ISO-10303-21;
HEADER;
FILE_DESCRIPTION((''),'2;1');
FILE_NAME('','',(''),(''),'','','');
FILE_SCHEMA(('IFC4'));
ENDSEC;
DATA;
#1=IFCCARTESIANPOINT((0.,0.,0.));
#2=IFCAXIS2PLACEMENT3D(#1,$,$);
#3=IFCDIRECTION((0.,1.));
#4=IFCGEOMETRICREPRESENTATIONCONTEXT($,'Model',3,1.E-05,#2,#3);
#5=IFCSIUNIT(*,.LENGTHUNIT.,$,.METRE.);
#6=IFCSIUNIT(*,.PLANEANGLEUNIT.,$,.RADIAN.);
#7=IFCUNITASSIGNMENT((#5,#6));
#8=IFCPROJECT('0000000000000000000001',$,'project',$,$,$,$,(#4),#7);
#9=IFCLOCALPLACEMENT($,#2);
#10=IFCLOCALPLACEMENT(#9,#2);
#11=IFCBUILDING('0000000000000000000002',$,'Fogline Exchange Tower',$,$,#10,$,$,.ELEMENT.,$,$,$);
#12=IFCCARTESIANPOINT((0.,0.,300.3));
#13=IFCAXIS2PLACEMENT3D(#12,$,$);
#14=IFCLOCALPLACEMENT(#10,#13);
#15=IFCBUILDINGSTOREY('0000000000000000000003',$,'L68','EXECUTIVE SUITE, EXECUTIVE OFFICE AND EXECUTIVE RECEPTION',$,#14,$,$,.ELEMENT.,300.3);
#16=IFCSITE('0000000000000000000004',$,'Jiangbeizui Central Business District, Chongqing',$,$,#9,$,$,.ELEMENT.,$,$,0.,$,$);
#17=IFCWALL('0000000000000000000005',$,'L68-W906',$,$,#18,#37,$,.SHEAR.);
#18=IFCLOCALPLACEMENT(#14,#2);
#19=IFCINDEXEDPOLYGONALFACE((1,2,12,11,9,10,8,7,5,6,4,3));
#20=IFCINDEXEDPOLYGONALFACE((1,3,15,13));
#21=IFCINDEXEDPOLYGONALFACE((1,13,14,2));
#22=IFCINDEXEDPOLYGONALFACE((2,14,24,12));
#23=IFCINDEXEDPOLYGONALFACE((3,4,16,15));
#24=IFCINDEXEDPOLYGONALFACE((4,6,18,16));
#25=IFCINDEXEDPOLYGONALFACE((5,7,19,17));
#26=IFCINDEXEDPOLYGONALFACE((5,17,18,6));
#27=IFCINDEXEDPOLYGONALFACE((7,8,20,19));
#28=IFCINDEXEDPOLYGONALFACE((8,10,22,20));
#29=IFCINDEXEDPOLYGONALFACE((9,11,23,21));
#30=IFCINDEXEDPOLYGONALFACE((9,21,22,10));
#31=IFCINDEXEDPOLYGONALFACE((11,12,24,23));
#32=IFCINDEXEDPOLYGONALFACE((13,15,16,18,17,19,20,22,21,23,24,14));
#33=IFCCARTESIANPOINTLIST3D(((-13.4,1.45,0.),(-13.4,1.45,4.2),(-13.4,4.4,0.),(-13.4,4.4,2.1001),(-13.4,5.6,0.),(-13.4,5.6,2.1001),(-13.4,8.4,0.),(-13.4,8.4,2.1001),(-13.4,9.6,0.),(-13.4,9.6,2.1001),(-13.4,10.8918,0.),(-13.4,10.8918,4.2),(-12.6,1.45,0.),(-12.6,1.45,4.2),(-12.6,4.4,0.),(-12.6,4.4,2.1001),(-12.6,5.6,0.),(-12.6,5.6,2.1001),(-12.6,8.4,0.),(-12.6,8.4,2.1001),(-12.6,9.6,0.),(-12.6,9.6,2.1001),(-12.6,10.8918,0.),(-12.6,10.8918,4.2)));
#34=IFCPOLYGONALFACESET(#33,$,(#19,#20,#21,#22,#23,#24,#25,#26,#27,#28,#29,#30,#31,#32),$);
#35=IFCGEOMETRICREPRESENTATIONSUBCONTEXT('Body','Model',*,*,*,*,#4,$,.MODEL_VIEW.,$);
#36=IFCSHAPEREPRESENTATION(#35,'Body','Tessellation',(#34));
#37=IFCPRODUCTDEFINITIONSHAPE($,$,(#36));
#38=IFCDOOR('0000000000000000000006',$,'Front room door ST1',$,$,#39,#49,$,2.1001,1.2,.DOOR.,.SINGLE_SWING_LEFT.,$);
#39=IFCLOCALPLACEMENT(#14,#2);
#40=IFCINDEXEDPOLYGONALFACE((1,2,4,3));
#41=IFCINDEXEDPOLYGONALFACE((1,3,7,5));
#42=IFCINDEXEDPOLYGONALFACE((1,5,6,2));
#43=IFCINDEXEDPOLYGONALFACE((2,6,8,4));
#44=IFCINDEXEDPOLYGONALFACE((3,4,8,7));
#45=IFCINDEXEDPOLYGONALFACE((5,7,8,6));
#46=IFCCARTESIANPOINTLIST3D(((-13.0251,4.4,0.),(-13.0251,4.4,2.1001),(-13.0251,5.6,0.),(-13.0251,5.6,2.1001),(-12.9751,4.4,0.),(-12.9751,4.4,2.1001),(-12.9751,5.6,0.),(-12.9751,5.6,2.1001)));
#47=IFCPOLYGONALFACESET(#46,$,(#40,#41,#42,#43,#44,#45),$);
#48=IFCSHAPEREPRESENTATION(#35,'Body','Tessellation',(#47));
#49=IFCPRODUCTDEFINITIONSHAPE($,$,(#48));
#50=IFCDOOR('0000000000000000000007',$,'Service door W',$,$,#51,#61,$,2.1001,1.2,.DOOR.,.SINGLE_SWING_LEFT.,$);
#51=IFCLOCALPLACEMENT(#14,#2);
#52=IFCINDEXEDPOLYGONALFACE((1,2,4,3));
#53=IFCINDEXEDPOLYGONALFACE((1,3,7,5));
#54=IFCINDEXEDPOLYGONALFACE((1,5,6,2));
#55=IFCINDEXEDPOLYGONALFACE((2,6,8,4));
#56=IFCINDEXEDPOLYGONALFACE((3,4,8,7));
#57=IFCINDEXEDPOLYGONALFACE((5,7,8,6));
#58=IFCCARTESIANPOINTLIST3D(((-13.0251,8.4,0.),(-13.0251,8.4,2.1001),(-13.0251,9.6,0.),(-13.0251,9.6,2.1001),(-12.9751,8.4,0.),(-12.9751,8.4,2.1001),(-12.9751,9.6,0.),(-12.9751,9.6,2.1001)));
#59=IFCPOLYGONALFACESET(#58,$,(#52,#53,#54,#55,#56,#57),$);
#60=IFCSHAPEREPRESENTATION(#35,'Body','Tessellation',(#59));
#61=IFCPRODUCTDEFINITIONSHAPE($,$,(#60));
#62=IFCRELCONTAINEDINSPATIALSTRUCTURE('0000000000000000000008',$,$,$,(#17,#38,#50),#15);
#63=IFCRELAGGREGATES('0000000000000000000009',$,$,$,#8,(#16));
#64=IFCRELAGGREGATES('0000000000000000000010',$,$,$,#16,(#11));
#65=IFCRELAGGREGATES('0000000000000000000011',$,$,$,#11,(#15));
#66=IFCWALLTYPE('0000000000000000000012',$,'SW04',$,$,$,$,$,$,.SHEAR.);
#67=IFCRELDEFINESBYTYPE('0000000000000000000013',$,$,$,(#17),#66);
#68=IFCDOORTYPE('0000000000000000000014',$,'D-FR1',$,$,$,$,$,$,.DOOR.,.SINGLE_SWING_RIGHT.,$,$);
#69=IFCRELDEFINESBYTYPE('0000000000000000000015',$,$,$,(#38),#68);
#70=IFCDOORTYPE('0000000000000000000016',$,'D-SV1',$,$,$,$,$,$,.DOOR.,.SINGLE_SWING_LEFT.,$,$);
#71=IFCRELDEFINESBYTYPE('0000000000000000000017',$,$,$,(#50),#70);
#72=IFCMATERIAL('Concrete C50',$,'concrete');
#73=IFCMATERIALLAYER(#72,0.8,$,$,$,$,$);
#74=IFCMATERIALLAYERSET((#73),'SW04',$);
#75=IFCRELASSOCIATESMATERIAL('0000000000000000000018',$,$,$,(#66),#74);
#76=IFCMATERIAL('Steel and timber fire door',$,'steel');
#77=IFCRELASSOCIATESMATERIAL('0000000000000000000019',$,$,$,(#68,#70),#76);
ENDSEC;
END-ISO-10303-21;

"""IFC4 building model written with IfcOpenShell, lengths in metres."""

from ifc_helpers import new_model, si_unit, direction, frame, frame_2d, origin, place, context, subcontext, project, spatial, rectangle, extrude, material, layer, layer_set, type_object, element, fill, save


model = new_model("IFC4")

# Units and contexts
model_context = context("Model", 3, precision=1e-05, world=origin(), true_north=direction((0.0, 1.0)))
body_context = subcontext(model_context, "Body", "Model", "MODEL_VIEW")
ifc_project = project(units=[si_unit("LENGTHUNIT", "METRE"), si_unit("PLANEANGLEUNIT", "RADIAN")], contexts=[model_context])

# Site, building, storey
site_placement = place(None, origin())
site = spatial("IfcSite", under=ifc_project, at=site_placement, Name="Jiangbeizui Central Business District, Chongqing", CompositionType="ELEMENT", RefElevation=0.0)
building_placement = place(site_placement, origin())
building = spatial("IfcBuilding", under=site, at=building_placement, Name="Fogline Exchange Tower", CompositionType="ELEMENT")
storey_placement = place(building_placement, frame((0.0, 0.0, 300.3)))
storey = spatial("IfcBuildingStorey", under=building, at=storey_placement, Name="L68", Description="EXECUTIVE SUITE, EXECUTIVE OFFICE AND EXECUTIVE RECEPTION", CompositionType="ELEMENT", Elevation=300.3)

# Wall, openings, doors
ifc_material_1 = material(Name="Concrete C50", Category="concrete")
ifc_layer_1 = layer(ifc_material_1, 0.8)
ifc_layer_set_1 = layer_set([ifc_layer_1], Name="SW04")
wall_type_1 = type_object("IfcWallType", Name="SW04", PredefinedType="SHEAR", material=ifc_layer_set_1)
wall_1_placement = place(storey_placement, frame((-13.0, 10.8918, 0.0), z_axis=(0.0, 0.0, 1.0), x_axis=(0.0, -1.0, 0.0)))
wall_1 = element("IfcWall", 1, at=wall_1_placement, inside=storey, type_object=wall_type_1, Name="L68-W906", PredefinedType="SHEAR", context=body_context, shape_type="SweptSolid", body=[
    extrude(rectangle(XDim=9.4419, YDim=0.8, at=frame_2d((4.7209, 0.0))), origin(), (0.0, 0.0, 1.0), 4.2),
])
opening_1_placement = place(wall_1_placement, frame((5.2917, 0.0, 0.0)))
opening_1 = element("IfcOpeningElement", 2, at=opening_1_placement, cuts=wall_1, PredefinedType="OPENING", context=body_context, shape_type="SweptSolid", body=[
    extrude(rectangle(XDim=1.2, YDim=2.1001, at=frame_2d((0.6001, 1.05))), frame((0.0, 0.4102, 0.0), z_axis=(0.0, -1.0, 0.0), x_axis=(1.0, 0.0, 0.0)), (0.0, 0.0, 1.0), 0.8201),
])
opening_2_placement = place(wall_1_placement, frame((1.2917, 0.0, 0.0)))
opening_2 = element("IfcOpeningElement", 3, at=opening_2_placement, cuts=wall_1, PredefinedType="OPENING", context=body_context, shape_type="SweptSolid", body=[
    extrude(rectangle(XDim=1.2, YDim=2.1001, at=frame_2d((0.6001, 1.05))), frame((0.0, 0.4102, 0.0), z_axis=(0.0, -1.0, 0.0), x_axis=(1.0, 0.0, 0.0)), (0.0, 0.0, 1.0), 0.8201),
])
ifc_material_2 = material(Name="Steel and timber fire door", Category="steel")
door_type_1 = type_object("IfcDoorType", Name="D-FR1", OperationType="SINGLE_SWING_RIGHT", PredefinedType="DOOR", material=ifc_material_2)
door_1_placement = place(opening_1_placement, origin())
door_1 = element("IfcDoor", 4, at=door_1_placement, inside=storey, type_object=door_type_1, Name="Front room door ST1", OperationType="SINGLE_SWING_LEFT", OverallHeight=2.1001, OverallWidth=1.2, PredefinedType="DOOR", context=body_context, shape_type="SweptSolid", body=[
    extrude(rectangle(XDim=1.2, YDim=2.1001, at=frame_2d((0.6001, 1.05))), frame((0.0, 0.0249, 0.0), z_axis=(0.0, -1.0, 0.0), x_axis=(1.0, 0.0, 0.0)), (0.0, 0.0, 1.0), 0.05),
])
fill(opening_1, door_1)
door_type_2 = type_object("IfcDoorType", Name="D-SV1", OperationType="SINGLE_SWING_LEFT", PredefinedType="DOOR", material=ifc_material_2)
door_2_placement = place(opening_2_placement, origin())
door_2 = element("IfcDoor", 5, at=door_2_placement, inside=storey, type_object=door_type_2, Name="Service door W", OperationType="SINGLE_SWING_LEFT", OverallHeight=2.1001, OverallWidth=1.2, PredefinedType="DOOR", context=body_context, shape_type="SweptSolid", body=[
    extrude(rectangle(XDim=1.2, YDim=2.1001, at=frame_2d((0.6001, 1.05))), frame((0.0, 0.0249, 0.0), z_axis=(0.0, -1.0, 0.0), x_axis=(1.0, 0.0, 0.0)), (0.0, 0.0, 1.0), 0.05),
])
fill(opening_2, door_2)

save(model, "model.ifc")
